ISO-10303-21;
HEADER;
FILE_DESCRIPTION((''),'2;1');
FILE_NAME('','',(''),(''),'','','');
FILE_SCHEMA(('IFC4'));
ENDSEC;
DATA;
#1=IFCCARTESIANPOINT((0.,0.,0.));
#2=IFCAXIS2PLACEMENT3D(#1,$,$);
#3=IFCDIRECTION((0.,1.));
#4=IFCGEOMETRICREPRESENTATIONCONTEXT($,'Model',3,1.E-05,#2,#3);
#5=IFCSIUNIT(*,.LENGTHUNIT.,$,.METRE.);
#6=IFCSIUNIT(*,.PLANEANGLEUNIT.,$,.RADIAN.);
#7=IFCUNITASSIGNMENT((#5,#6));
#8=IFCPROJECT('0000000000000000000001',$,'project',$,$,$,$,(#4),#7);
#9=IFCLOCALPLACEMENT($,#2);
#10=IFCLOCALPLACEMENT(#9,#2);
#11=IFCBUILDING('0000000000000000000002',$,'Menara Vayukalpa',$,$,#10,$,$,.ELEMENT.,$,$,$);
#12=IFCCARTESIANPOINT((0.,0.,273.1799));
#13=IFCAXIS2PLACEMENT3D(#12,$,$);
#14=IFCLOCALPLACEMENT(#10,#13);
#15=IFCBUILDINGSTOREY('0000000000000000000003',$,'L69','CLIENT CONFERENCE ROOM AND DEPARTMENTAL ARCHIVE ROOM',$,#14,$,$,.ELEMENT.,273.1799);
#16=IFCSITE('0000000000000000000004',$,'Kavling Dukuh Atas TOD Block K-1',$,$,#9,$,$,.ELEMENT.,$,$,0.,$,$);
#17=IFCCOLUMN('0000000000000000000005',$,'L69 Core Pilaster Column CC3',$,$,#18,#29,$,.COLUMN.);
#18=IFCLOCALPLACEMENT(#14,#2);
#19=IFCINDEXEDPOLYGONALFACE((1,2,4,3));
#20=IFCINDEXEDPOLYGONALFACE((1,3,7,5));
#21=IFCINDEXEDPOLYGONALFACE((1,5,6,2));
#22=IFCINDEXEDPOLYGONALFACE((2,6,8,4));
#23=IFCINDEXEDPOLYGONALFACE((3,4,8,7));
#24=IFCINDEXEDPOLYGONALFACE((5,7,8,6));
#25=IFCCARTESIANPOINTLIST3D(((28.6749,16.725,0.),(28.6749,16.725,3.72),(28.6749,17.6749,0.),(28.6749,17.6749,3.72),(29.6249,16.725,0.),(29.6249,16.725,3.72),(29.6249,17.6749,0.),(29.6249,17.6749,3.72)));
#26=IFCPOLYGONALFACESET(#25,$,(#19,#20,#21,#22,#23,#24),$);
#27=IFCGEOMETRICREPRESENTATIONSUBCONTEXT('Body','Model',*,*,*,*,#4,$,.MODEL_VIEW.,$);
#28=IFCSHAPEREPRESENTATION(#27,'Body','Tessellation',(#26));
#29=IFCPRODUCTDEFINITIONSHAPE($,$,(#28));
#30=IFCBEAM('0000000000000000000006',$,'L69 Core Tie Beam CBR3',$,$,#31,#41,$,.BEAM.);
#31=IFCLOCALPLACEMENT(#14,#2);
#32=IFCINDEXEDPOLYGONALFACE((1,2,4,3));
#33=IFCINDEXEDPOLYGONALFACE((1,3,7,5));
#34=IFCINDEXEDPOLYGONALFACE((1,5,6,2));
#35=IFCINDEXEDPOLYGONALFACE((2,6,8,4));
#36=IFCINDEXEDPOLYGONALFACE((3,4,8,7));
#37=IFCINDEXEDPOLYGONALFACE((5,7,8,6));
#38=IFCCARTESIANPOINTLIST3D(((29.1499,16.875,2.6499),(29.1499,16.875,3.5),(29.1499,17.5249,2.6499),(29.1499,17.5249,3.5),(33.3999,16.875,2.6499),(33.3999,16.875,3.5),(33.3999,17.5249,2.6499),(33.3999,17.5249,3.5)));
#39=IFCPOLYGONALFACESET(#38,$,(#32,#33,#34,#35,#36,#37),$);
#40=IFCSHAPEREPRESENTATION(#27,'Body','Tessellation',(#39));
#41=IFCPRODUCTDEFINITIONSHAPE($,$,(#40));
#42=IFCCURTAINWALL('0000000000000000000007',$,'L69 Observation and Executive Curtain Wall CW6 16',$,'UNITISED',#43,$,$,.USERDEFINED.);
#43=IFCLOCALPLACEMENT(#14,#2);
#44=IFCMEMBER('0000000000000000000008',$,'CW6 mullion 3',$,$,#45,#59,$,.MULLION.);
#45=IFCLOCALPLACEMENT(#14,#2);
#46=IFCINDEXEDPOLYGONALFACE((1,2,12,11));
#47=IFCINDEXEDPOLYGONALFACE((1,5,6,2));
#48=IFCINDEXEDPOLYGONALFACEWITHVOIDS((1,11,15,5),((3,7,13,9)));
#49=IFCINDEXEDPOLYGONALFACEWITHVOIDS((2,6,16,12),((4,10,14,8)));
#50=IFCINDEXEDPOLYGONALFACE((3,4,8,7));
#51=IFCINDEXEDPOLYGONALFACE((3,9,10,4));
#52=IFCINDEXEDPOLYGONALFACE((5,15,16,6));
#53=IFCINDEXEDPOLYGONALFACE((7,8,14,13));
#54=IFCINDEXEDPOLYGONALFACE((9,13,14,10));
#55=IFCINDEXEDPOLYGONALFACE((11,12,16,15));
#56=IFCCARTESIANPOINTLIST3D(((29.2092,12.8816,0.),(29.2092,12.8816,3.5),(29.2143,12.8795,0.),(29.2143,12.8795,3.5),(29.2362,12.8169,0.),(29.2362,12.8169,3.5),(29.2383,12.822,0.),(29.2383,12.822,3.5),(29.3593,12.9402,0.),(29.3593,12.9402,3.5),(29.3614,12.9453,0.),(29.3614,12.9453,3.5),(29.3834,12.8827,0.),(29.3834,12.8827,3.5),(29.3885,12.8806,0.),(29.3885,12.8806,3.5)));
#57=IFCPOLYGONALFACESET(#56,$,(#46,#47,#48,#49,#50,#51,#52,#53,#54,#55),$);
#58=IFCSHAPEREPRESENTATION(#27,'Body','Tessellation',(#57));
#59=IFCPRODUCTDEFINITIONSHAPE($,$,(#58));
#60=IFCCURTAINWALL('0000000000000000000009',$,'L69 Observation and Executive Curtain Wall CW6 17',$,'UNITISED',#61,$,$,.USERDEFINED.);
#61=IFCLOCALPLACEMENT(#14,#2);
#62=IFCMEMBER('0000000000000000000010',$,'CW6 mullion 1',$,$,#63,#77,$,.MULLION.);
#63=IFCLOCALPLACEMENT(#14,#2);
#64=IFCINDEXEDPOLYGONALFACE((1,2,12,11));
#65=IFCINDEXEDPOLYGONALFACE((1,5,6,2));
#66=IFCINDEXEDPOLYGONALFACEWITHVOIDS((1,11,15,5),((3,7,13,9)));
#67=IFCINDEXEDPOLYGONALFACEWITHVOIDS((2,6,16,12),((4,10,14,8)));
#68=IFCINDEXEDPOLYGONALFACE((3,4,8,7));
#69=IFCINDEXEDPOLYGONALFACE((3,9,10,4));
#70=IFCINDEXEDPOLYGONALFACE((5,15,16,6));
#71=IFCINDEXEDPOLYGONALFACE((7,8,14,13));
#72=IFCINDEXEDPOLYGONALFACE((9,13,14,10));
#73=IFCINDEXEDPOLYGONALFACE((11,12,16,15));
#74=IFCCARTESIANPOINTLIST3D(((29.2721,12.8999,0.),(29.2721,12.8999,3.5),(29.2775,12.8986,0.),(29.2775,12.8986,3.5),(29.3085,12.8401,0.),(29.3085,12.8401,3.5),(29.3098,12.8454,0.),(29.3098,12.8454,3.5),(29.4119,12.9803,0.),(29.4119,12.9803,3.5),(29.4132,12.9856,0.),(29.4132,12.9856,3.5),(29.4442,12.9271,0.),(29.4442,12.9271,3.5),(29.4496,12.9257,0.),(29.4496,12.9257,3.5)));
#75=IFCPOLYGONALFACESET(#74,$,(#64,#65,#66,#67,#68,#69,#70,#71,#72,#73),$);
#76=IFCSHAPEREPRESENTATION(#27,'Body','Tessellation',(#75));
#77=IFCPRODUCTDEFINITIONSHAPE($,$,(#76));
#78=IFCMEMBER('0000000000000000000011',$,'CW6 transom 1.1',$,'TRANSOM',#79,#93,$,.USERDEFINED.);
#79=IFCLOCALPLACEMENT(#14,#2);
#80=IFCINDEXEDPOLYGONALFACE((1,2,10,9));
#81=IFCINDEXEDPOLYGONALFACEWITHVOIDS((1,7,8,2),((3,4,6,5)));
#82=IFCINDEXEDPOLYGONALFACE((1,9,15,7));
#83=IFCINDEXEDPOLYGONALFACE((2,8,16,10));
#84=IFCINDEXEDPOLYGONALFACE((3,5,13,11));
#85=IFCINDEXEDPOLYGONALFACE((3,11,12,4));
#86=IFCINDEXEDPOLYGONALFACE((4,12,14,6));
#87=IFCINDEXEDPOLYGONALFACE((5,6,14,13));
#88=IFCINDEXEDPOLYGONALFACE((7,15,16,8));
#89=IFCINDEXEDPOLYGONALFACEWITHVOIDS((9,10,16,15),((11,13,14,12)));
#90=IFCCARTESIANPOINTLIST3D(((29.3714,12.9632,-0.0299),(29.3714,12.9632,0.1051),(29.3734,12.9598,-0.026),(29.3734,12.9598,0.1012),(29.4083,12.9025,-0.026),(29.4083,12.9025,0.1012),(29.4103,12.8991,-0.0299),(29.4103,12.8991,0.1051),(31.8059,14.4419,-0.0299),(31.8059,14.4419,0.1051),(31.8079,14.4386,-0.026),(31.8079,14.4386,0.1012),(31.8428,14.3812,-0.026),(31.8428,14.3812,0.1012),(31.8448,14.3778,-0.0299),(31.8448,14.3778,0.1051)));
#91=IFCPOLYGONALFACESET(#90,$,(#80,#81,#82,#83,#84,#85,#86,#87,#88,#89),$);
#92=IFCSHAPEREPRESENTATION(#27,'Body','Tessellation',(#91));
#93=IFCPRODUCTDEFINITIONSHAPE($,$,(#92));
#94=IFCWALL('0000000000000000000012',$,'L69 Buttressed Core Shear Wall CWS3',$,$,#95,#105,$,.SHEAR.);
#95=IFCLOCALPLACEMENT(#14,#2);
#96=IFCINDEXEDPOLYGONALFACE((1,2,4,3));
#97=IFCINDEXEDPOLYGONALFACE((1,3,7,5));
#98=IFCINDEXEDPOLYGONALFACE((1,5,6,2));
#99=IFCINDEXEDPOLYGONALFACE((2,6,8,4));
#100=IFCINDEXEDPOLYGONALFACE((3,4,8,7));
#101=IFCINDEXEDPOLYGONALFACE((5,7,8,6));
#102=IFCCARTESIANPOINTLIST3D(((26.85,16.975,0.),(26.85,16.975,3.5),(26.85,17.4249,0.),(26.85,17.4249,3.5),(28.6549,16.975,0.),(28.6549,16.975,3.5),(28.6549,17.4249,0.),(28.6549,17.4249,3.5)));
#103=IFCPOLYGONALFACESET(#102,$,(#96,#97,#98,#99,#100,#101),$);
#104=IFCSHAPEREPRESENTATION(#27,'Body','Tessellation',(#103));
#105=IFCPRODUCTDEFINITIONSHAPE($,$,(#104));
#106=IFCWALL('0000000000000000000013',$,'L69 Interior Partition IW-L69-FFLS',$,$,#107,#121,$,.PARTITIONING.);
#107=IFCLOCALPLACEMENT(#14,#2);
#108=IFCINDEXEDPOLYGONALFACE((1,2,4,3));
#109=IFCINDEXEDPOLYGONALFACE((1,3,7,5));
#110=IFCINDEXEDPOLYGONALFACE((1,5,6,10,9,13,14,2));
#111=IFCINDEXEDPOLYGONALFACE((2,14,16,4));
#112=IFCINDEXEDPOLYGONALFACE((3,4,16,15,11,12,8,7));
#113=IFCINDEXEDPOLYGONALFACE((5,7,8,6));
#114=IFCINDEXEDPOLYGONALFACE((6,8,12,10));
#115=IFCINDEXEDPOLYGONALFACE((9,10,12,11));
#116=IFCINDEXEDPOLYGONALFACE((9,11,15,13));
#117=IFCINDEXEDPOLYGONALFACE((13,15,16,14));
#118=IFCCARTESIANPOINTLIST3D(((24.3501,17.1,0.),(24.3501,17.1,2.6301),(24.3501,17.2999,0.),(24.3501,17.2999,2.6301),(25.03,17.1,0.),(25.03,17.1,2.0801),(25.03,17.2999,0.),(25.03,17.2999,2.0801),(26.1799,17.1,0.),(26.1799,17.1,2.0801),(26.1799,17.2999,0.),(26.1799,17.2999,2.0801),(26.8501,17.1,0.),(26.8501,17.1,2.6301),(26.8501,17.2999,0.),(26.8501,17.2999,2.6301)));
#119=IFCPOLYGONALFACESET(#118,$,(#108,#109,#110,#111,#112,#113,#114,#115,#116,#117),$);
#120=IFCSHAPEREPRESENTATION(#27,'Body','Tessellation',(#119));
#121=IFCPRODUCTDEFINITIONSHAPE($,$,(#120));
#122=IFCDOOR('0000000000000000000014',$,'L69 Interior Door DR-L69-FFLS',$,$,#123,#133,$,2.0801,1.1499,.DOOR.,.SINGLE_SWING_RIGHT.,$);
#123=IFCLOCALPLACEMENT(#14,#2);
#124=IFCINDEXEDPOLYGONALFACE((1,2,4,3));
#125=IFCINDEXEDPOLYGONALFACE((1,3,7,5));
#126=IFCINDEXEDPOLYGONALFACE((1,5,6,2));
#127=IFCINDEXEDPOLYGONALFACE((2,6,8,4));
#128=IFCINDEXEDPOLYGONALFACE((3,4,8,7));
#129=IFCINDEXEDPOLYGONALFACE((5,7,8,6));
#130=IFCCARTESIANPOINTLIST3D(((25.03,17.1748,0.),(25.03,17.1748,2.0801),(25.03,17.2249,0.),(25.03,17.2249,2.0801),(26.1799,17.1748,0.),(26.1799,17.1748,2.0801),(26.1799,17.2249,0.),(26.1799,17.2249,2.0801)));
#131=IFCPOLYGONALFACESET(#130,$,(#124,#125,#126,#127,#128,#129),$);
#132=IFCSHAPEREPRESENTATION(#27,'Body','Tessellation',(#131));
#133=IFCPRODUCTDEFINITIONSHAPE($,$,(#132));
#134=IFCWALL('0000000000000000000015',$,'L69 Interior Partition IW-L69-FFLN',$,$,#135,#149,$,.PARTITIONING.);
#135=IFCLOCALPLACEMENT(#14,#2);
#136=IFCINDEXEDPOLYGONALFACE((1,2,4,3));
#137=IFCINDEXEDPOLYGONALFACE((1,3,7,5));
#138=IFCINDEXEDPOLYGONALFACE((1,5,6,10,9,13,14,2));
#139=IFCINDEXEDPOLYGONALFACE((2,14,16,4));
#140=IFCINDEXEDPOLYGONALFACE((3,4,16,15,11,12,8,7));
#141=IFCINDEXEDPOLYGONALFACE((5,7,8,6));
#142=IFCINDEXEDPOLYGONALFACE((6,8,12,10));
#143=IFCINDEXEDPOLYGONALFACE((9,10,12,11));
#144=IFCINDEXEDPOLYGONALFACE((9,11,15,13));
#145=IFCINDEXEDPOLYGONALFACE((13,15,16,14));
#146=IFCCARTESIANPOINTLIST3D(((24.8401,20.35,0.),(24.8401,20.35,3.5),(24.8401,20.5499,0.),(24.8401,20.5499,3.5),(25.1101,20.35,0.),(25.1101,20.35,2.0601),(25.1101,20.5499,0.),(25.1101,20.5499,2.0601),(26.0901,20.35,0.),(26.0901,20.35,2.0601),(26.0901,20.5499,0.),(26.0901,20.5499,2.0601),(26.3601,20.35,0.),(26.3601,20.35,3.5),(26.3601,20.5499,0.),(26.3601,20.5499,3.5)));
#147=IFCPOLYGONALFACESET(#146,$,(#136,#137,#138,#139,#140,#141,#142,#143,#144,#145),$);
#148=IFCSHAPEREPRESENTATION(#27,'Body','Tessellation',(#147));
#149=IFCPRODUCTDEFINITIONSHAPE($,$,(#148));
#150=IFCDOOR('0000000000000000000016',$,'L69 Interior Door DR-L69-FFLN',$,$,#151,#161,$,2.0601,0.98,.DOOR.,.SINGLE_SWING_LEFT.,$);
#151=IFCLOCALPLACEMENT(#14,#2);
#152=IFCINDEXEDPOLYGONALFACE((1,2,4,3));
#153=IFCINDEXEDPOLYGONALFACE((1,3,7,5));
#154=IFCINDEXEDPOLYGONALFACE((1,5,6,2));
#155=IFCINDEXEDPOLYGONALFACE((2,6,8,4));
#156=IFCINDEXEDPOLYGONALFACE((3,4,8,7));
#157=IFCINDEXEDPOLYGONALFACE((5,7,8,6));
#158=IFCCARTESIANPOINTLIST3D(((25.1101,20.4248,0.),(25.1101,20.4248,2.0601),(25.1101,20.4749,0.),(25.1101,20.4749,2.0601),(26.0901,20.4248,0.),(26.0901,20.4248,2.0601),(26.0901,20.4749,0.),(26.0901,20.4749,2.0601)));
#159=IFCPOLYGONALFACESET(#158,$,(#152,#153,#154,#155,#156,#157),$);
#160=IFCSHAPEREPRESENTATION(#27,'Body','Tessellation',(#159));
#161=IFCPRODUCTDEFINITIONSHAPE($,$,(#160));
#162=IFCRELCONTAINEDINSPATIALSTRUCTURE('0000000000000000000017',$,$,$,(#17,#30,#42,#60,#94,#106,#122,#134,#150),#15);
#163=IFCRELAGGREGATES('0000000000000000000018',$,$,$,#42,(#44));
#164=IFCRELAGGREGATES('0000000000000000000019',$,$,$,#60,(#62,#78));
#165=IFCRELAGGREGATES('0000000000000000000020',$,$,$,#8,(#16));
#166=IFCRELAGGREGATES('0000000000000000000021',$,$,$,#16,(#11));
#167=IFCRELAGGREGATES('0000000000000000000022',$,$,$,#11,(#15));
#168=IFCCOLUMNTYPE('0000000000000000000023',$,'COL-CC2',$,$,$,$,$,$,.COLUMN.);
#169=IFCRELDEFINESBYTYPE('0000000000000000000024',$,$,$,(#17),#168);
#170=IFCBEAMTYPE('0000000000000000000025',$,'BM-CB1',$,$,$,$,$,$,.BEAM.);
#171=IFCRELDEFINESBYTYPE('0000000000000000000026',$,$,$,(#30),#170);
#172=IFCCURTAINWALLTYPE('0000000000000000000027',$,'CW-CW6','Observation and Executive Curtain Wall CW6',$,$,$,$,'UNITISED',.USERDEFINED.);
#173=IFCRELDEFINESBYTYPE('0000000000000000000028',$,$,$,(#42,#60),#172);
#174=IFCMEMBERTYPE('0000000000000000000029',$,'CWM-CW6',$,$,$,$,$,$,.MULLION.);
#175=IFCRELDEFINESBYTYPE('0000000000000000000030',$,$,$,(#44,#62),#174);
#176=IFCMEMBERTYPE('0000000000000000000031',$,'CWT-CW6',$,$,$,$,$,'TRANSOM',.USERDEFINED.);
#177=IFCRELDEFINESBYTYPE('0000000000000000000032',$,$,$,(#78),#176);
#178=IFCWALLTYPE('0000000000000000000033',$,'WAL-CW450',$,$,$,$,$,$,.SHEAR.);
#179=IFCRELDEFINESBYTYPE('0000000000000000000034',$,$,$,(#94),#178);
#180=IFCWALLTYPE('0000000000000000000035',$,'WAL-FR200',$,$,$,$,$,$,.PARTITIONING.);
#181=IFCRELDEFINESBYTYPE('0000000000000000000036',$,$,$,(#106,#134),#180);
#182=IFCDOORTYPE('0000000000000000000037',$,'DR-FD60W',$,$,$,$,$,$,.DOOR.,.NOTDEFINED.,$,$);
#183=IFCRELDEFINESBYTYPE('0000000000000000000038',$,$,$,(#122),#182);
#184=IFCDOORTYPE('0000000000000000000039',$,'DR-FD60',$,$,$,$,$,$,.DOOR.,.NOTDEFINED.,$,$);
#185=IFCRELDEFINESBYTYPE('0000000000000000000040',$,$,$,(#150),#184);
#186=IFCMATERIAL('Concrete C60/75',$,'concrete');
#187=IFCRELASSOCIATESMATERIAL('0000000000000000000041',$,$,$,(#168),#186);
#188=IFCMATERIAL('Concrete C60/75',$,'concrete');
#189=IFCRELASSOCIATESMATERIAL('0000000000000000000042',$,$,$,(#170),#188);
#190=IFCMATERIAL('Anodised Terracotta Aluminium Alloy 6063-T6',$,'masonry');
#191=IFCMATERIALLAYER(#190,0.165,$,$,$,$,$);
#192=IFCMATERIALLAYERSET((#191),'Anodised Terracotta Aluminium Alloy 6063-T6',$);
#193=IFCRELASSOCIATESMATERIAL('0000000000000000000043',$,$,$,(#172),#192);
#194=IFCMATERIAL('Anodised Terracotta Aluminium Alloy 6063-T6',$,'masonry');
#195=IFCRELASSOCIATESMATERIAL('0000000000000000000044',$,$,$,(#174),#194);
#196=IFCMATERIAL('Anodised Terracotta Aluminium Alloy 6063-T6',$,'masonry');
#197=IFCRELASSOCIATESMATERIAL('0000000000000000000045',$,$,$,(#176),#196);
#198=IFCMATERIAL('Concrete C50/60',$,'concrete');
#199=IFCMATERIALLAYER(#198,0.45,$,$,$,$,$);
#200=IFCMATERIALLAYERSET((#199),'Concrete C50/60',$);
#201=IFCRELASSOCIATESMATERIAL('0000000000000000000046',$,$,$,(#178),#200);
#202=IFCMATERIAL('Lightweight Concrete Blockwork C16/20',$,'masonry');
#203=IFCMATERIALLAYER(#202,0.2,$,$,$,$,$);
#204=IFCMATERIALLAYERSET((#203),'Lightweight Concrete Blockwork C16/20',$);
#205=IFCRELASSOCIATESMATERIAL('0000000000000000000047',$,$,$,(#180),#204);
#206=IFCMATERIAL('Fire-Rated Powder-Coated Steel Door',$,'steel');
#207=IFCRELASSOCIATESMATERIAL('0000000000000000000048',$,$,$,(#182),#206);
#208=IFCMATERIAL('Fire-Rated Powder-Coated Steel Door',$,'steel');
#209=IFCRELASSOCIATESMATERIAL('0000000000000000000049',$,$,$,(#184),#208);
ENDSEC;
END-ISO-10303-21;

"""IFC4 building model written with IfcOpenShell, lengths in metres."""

from ifc_helpers import new_model, si_unit, direction, frame, frame_2d, origin, origin_2d, place, context, subcontext, project, spatial, rectangle, hollow_rectangle, extrude, material, layer, layer_set, material_profile, profile_set, type_object, element, fill, aggregate, save


model = new_model("IFC4")

# Units and contexts
model_context = context("Model", 3, precision=1e-05, world=origin(), true_north=direction((0.0, 1.0)))
body_context = subcontext(model_context, "Body", "Model", "MODEL_VIEW")
ifc_project = project(units=[si_unit("LENGTHUNIT", "METRE"), si_unit("PLANEANGLEUNIT", "RADIAN")], contexts=[model_context])

# Site, building, storey
site_placement = place(None, origin())
site = spatial("IfcSite", under=ifc_project, at=site_placement, Name="Kavling Dukuh Atas TOD Block K-1", CompositionType="ELEMENT", RefElevation=0.0)
building_placement = place(site_placement, origin())
building = spatial("IfcBuilding", under=site, at=building_placement, Name="Menara Vayukalpa", CompositionType="ELEMENT")
storey_placement = place(building_placement, frame((0.0, 0.0, 273.1799)))
storey = spatial("IfcBuildingStorey", under=building, at=storey_placement, Name="L69", Description="CLIENT CONFERENCE ROOM AND DEPARTMENTAL ARCHIVE ROOM", CompositionType="ELEMENT", Elevation=273.1799)

# Column
ifc_material_1 = material(Name="Concrete C60/75", Category="concrete")
ifc_material_profile_1 = material_profile(ifc_material_1, rectangle(XDim=0.95, YDim=0.95, at=origin_2d()), Name="RC 950x950")
ifc_profile_set_1 = profile_set([ifc_material_profile_1], Name="Concrete C60/75")
column_type = type_object("IfcColumnType", Name="COL-CC2", PredefinedType="COLUMN", material=ifc_profile_set_1)
column_placement = place(storey_placement, frame((29.1499, 17.2, 0.0), z_axis=(0.0, 0.0, 1.0), x_axis=(1.0, 0.0, 0.0)))
element("IfcColumn", 1, at=column_placement, inside=storey, type_object=column_type, Name="L69 Core Pilaster Column CC3", PredefinedType="COLUMN", context=body_context, shape_type="SweptSolid", body=[
    extrude(rectangle(XDim=0.95, YDim=0.95, at=origin_2d()), origin(), (0.0, 0.0, 1.0), 3.72),
])

# Beam
ifc_material_2 = material(Name="Concrete C60/75", Category="concrete")
ifc_material_profile_2 = material_profile(ifc_material_2, rectangle(XDim=0.6499, YDim=0.8501, at=origin_2d()), Name="RC 650x850")
ifc_profile_set_2 = profile_set([ifc_material_profile_2], Name="Concrete C60/75")
beam_type = type_object("IfcBeamType", Name="BM-CB1", PredefinedType="BEAM", material=ifc_profile_set_2)
beam_placement = place(storey_placement, frame((29.1499, 17.2, 3.075), z_axis=(1.0, 0.0, 0.0), x_axis=(0.0, 1.0, 0.0)))
element("IfcBeam", 2, at=beam_placement, inside=storey, type_object=beam_type, Name="L69 Core Tie Beam CBR3", PredefinedType="BEAM", context=body_context, shape_type="SweptSolid", body=[
    extrude(rectangle(XDim=0.6499, YDim=0.8501, at=origin_2d()), origin(), (0.0, 0.0, 1.0), 4.25),
])

# Curtain wall, member
ifc_material_3 = material(Name="Anodised Terracotta Aluminium Alloy 6063-T6", Category="masonry")
ifc_layer_1 = layer(ifc_material_3, 0.165)
ifc_layer_set_1 = layer_set([ifc_layer_1], Name="Anodised Terracotta Aluminium Alloy 6063-T6")
curtain_wall_type = type_object("IfcCurtainWallType", Name="CW-CW6", Description="Observation and Executive Curtain Wall CW6", ElementType="UNITISED", PredefinedType="USERDEFINED", material=ifc_layer_set_1)
curtain_wall_1_placement = place(storey_placement, origin())
curtain_wall_1 = element("IfcCurtainWall", 3, at=curtain_wall_1_placement, inside=storey, type_object=curtain_wall_type, Name="L69 Observation and Executive Curtain Wall CW6 16", ObjectType="UNITISED", PredefinedType="USERDEFINED")
ifc_material_4 = material(Name="Anodised Terracotta Aluminium Alloy 6063-T6", Category="masonry")
ifc_material_profile_3 = material_profile(ifc_material_4, hollow_rectangle(XDim=0.0701, YDim=0.165, WallThickness=0.0039, at=origin_2d()), Name="ALU 70x165x4")
ifc_profile_set_3 = profile_set([ifc_material_profile_3], Name="Anodised Terracotta Aluminium Alloy 6063-T6")
member_type_1 = type_object("IfcMemberType", Name="CWM-CW6", PredefinedType="MULLION", material=ifc_profile_set_3)
member_1_placement = place(storey_placement, frame((29.2988, 12.8811, 0.0), z_axis=(0.0, 0.0, 1.0), x_axis=(-0.3859, 0.922541, 0.0)))
member_1 = element("IfcMember", 4, at=member_1_placement, type_object=member_type_1, Name="CW6 mullion 3", PredefinedType="MULLION", context=body_context, shape_type="SweptSolid", body=[
    extrude(hollow_rectangle(XDim=0.0701, YDim=0.165, WallThickness=0.0039, at=origin_2d()), origin(), (0.0, 0.0, 1.0), 3.5),
])
aggregate(curtain_wall_1, [member_1])

# Curtain wall, members
curtain_wall_2_placement = place(storey_placement, origin())
curtain_wall_2 = element("IfcCurtainWall", 5, at=curtain_wall_2_placement, inside=storey, type_object=curtain_wall_type, Name="L69 Observation and Executive Curtain Wall CW6 17", ObjectType="UNITISED", PredefinedType="USERDEFINED")
member_2_placement = place(storey_placement, frame((29.3608, 12.9128, 0.0), z_axis=(0.0, 0.0, 1.0), x_axis=(-0.519176, 0.854668, 0.0)))
member_2 = element("IfcMember", 6, at=member_2_placement, type_object=member_type_1, Name="CW6 mullion 1", PredefinedType="MULLION", context=body_context, shape_type="SweptSolid", body=[
    extrude(hollow_rectangle(XDim=0.0701, YDim=0.165, WallThickness=0.0039, at=origin_2d()), origin(), (0.0, 0.0, 1.0), 3.5),
])
ifc_material_5 = material(Name="Anodised Terracotta Aluminium Alloy 6063-T6", Category="masonry")
ifc_material_profile_4 = material_profile(ifc_material_5, hollow_rectangle(XDim=0.075, YDim=0.135, WallThickness=0.0039, at=origin_2d()), Name="ALU 75x135x4")
ifc_profile_set_4 = profile_set([ifc_material_profile_4], Name="Anodised Terracotta Aluminium Alloy 6063-T6")
member_type_2 = type_object("IfcMemberType", Name="CWT-CW6", ElementType="TRANSOM", PredefinedType="USERDEFINED", material=ifc_profile_set_4)
member_3_placement = place(storey_placement, frame((29.3909, 12.9312, 0.0376), z_axis=(0.85469, 0.519139, 0.0), x_axis=(-0.519139, 0.85469, 0.0)))
member_3 = element("IfcMember", 7, at=member_3_placement, type_object=member_type_2, Name="CW6 transom 1.1", ObjectType="TRANSOM", PredefinedType="USERDEFINED", context=body_context, shape_type="SweptSolid", body=[
    extrude(hollow_rectangle(XDim=0.075, YDim=0.135, WallThickness=0.0039, at=origin_2d()), origin(), (0.0, 0.0, 1.0), 2.8484),
])
aggregate(curtain_wall_2, [member_2, member_3])

# Wall
ifc_material_6 = material(Name="Concrete C50/60", Category="concrete")
ifc_layer_2 = layer(ifc_material_6, 0.45)
ifc_layer_set_2 = layer_set([ifc_layer_2], Name="Concrete C50/60")
wall_type_1 = type_object("IfcWallType", Name="WAL-CW450", PredefinedType="SHEAR", material=ifc_layer_set_2)
wall_1_placement = place(storey_placement, frame((26.8501, 17.2, 0.0), z_axis=(0.0, 0.0, 1.0), x_axis=(1.0, 0.0, 0.0)))
element("IfcWall", 8, at=wall_1_placement, inside=storey, type_object=wall_type_1, Name="L69 Buttressed Core Shear Wall CWS3", PredefinedType="SHEAR", context=body_context, shape_type="SweptSolid", body=[
    extrude(rectangle(XDim=1.8049, YDim=0.45, at=frame_2d((0.9023, 0.0))), origin(), (0.0, 0.0, 1.0), 3.5),
])

# Walls, openings, doors
ifc_material_7 = material(Name="Lightweight Concrete Blockwork C16/20", Category="masonry")
ifc_layer_3 = layer(ifc_material_7, 0.2)
ifc_layer_set_3 = layer_set([ifc_layer_3], Name="Lightweight Concrete Blockwork C16/20")
wall_type_2 = type_object("IfcWallType", Name="WAL-FR200", PredefinedType="PARTITIONING", material=ifc_layer_set_3)
wall_2_placement = place(storey_placement, frame((24.3501, 17.2, 0.0), z_axis=(0.0, 0.0, 1.0), x_axis=(1.0, 0.0, 0.0)))
wall_2 = element("IfcWall", 9, at=wall_2_placement, inside=storey, type_object=wall_type_2, Name="L69 Interior Partition IW-L69-FFLS", PredefinedType="PARTITIONING", context=body_context, shape_type="SweptSolid", body=[
    extrude(rectangle(XDim=2.5, YDim=0.2, at=frame_2d((1.25, 0.0))), origin(), (0.0, 0.0, 1.0), 2.6301),
])
opening_1_placement = place(wall_2_placement, frame((0.6799, 0.0, 0.0)))
opening_1 = element("IfcOpeningElement", 10, at=opening_1_placement, cuts=wall_2, PredefinedType="OPENING", context=body_context, shape_type="SweptSolid", body=[
    extrude(rectangle(XDim=1.1499, YDim=2.0801, at=frame_2d((0.575, 1.04))), frame((0.0, 0.1099, 0.0), z_axis=(0.0, -1.0, 0.0), x_axis=(1.0, 0.0, 0.0)), (0.0, 0.0, 1.0), 0.22),
])
ifc_material_8 = material(Name="Fire-Rated Powder-Coated Steel Door", Category="steel")
door_type_1 = type_object("IfcDoorType", Name="DR-FD60W", OperationType="NOTDEFINED", PredefinedType="DOOR", material=ifc_material_8)
door_1_placement = place(opening_1_placement, origin())
door_1 = element("IfcDoor", 11, at=door_1_placement, inside=storey, type_object=door_type_1, Name="L69 Interior Door DR-L69-FFLS", OperationType="SINGLE_SWING_RIGHT", OverallHeight=2.0801, OverallWidth=1.1499, PredefinedType="DOOR", context=body_context, shape_type="SweptSolid", body=[
    extrude(rectangle(XDim=1.1499, YDim=2.0801, at=frame_2d((0.575, 1.04))), frame((0.0, 0.0249, 0.0), z_axis=(0.0, -1.0, 0.0), x_axis=(1.0, 0.0, 0.0)), (0.0, 0.0, 1.0), 0.05),
])
fill(opening_1, door_1)
wall_3_placement = place(storey_placement, frame((24.8401, 20.45, 0.0), z_axis=(0.0, 0.0, 1.0), x_axis=(1.0, 0.0, 0.0)))
wall_3 = element("IfcWall", 12, at=wall_3_placement, inside=storey, type_object=wall_type_2, Name="L69 Interior Partition IW-L69-FFLN", PredefinedType="PARTITIONING", context=body_context, shape_type="SweptSolid", body=[
    extrude(rectangle(XDim=1.52, YDim=0.2, at=frame_2d((0.76, 0.0))), origin(), (0.0, 0.0, 1.0), 3.5),
])
opening_2_placement = place(wall_3_placement, frame((0.27, 0.0, 0.0)))
opening_2 = element("IfcOpeningElement", 13, at=opening_2_placement, cuts=wall_3, PredefinedType="OPENING", context=body_context, shape_type="SweptSolid", body=[
    extrude(rectangle(XDim=0.98, YDim=2.0601, at=frame_2d((0.49, 1.03))), frame((0.0, 0.1099, 0.0), z_axis=(0.0, -1.0, 0.0), x_axis=(1.0, 0.0, 0.0)), (0.0, 0.0, 1.0), 0.22),
])
ifc_material_9 = material(Name="Fire-Rated Powder-Coated Steel Door", Category="steel")
door_type_2 = type_object("IfcDoorType", Name="DR-FD60", OperationType="NOTDEFINED", PredefinedType="DOOR", material=ifc_material_9)
door_2_placement = place(opening_2_placement, origin())
door_2 = element("IfcDoor", 14, at=door_2_placement, inside=storey, type_object=door_type_2, Name="L69 Interior Door DR-L69-FFLN", OperationType="SINGLE_SWING_LEFT", OverallHeight=2.0601, OverallWidth=0.98, PredefinedType="DOOR", context=body_context, shape_type="SweptSolid", body=[
    extrude(rectangle(XDim=0.98, YDim=2.0601, at=frame_2d((0.49, 1.03))), frame((0.0, 0.0249, 0.0), z_axis=(0.0, -1.0, 0.0), x_axis=(1.0, 0.0, 0.0)), (0.0, 0.0, 1.0), 0.05),
])
fill(opening_2, door_2)

save(model, "model.ifc")
